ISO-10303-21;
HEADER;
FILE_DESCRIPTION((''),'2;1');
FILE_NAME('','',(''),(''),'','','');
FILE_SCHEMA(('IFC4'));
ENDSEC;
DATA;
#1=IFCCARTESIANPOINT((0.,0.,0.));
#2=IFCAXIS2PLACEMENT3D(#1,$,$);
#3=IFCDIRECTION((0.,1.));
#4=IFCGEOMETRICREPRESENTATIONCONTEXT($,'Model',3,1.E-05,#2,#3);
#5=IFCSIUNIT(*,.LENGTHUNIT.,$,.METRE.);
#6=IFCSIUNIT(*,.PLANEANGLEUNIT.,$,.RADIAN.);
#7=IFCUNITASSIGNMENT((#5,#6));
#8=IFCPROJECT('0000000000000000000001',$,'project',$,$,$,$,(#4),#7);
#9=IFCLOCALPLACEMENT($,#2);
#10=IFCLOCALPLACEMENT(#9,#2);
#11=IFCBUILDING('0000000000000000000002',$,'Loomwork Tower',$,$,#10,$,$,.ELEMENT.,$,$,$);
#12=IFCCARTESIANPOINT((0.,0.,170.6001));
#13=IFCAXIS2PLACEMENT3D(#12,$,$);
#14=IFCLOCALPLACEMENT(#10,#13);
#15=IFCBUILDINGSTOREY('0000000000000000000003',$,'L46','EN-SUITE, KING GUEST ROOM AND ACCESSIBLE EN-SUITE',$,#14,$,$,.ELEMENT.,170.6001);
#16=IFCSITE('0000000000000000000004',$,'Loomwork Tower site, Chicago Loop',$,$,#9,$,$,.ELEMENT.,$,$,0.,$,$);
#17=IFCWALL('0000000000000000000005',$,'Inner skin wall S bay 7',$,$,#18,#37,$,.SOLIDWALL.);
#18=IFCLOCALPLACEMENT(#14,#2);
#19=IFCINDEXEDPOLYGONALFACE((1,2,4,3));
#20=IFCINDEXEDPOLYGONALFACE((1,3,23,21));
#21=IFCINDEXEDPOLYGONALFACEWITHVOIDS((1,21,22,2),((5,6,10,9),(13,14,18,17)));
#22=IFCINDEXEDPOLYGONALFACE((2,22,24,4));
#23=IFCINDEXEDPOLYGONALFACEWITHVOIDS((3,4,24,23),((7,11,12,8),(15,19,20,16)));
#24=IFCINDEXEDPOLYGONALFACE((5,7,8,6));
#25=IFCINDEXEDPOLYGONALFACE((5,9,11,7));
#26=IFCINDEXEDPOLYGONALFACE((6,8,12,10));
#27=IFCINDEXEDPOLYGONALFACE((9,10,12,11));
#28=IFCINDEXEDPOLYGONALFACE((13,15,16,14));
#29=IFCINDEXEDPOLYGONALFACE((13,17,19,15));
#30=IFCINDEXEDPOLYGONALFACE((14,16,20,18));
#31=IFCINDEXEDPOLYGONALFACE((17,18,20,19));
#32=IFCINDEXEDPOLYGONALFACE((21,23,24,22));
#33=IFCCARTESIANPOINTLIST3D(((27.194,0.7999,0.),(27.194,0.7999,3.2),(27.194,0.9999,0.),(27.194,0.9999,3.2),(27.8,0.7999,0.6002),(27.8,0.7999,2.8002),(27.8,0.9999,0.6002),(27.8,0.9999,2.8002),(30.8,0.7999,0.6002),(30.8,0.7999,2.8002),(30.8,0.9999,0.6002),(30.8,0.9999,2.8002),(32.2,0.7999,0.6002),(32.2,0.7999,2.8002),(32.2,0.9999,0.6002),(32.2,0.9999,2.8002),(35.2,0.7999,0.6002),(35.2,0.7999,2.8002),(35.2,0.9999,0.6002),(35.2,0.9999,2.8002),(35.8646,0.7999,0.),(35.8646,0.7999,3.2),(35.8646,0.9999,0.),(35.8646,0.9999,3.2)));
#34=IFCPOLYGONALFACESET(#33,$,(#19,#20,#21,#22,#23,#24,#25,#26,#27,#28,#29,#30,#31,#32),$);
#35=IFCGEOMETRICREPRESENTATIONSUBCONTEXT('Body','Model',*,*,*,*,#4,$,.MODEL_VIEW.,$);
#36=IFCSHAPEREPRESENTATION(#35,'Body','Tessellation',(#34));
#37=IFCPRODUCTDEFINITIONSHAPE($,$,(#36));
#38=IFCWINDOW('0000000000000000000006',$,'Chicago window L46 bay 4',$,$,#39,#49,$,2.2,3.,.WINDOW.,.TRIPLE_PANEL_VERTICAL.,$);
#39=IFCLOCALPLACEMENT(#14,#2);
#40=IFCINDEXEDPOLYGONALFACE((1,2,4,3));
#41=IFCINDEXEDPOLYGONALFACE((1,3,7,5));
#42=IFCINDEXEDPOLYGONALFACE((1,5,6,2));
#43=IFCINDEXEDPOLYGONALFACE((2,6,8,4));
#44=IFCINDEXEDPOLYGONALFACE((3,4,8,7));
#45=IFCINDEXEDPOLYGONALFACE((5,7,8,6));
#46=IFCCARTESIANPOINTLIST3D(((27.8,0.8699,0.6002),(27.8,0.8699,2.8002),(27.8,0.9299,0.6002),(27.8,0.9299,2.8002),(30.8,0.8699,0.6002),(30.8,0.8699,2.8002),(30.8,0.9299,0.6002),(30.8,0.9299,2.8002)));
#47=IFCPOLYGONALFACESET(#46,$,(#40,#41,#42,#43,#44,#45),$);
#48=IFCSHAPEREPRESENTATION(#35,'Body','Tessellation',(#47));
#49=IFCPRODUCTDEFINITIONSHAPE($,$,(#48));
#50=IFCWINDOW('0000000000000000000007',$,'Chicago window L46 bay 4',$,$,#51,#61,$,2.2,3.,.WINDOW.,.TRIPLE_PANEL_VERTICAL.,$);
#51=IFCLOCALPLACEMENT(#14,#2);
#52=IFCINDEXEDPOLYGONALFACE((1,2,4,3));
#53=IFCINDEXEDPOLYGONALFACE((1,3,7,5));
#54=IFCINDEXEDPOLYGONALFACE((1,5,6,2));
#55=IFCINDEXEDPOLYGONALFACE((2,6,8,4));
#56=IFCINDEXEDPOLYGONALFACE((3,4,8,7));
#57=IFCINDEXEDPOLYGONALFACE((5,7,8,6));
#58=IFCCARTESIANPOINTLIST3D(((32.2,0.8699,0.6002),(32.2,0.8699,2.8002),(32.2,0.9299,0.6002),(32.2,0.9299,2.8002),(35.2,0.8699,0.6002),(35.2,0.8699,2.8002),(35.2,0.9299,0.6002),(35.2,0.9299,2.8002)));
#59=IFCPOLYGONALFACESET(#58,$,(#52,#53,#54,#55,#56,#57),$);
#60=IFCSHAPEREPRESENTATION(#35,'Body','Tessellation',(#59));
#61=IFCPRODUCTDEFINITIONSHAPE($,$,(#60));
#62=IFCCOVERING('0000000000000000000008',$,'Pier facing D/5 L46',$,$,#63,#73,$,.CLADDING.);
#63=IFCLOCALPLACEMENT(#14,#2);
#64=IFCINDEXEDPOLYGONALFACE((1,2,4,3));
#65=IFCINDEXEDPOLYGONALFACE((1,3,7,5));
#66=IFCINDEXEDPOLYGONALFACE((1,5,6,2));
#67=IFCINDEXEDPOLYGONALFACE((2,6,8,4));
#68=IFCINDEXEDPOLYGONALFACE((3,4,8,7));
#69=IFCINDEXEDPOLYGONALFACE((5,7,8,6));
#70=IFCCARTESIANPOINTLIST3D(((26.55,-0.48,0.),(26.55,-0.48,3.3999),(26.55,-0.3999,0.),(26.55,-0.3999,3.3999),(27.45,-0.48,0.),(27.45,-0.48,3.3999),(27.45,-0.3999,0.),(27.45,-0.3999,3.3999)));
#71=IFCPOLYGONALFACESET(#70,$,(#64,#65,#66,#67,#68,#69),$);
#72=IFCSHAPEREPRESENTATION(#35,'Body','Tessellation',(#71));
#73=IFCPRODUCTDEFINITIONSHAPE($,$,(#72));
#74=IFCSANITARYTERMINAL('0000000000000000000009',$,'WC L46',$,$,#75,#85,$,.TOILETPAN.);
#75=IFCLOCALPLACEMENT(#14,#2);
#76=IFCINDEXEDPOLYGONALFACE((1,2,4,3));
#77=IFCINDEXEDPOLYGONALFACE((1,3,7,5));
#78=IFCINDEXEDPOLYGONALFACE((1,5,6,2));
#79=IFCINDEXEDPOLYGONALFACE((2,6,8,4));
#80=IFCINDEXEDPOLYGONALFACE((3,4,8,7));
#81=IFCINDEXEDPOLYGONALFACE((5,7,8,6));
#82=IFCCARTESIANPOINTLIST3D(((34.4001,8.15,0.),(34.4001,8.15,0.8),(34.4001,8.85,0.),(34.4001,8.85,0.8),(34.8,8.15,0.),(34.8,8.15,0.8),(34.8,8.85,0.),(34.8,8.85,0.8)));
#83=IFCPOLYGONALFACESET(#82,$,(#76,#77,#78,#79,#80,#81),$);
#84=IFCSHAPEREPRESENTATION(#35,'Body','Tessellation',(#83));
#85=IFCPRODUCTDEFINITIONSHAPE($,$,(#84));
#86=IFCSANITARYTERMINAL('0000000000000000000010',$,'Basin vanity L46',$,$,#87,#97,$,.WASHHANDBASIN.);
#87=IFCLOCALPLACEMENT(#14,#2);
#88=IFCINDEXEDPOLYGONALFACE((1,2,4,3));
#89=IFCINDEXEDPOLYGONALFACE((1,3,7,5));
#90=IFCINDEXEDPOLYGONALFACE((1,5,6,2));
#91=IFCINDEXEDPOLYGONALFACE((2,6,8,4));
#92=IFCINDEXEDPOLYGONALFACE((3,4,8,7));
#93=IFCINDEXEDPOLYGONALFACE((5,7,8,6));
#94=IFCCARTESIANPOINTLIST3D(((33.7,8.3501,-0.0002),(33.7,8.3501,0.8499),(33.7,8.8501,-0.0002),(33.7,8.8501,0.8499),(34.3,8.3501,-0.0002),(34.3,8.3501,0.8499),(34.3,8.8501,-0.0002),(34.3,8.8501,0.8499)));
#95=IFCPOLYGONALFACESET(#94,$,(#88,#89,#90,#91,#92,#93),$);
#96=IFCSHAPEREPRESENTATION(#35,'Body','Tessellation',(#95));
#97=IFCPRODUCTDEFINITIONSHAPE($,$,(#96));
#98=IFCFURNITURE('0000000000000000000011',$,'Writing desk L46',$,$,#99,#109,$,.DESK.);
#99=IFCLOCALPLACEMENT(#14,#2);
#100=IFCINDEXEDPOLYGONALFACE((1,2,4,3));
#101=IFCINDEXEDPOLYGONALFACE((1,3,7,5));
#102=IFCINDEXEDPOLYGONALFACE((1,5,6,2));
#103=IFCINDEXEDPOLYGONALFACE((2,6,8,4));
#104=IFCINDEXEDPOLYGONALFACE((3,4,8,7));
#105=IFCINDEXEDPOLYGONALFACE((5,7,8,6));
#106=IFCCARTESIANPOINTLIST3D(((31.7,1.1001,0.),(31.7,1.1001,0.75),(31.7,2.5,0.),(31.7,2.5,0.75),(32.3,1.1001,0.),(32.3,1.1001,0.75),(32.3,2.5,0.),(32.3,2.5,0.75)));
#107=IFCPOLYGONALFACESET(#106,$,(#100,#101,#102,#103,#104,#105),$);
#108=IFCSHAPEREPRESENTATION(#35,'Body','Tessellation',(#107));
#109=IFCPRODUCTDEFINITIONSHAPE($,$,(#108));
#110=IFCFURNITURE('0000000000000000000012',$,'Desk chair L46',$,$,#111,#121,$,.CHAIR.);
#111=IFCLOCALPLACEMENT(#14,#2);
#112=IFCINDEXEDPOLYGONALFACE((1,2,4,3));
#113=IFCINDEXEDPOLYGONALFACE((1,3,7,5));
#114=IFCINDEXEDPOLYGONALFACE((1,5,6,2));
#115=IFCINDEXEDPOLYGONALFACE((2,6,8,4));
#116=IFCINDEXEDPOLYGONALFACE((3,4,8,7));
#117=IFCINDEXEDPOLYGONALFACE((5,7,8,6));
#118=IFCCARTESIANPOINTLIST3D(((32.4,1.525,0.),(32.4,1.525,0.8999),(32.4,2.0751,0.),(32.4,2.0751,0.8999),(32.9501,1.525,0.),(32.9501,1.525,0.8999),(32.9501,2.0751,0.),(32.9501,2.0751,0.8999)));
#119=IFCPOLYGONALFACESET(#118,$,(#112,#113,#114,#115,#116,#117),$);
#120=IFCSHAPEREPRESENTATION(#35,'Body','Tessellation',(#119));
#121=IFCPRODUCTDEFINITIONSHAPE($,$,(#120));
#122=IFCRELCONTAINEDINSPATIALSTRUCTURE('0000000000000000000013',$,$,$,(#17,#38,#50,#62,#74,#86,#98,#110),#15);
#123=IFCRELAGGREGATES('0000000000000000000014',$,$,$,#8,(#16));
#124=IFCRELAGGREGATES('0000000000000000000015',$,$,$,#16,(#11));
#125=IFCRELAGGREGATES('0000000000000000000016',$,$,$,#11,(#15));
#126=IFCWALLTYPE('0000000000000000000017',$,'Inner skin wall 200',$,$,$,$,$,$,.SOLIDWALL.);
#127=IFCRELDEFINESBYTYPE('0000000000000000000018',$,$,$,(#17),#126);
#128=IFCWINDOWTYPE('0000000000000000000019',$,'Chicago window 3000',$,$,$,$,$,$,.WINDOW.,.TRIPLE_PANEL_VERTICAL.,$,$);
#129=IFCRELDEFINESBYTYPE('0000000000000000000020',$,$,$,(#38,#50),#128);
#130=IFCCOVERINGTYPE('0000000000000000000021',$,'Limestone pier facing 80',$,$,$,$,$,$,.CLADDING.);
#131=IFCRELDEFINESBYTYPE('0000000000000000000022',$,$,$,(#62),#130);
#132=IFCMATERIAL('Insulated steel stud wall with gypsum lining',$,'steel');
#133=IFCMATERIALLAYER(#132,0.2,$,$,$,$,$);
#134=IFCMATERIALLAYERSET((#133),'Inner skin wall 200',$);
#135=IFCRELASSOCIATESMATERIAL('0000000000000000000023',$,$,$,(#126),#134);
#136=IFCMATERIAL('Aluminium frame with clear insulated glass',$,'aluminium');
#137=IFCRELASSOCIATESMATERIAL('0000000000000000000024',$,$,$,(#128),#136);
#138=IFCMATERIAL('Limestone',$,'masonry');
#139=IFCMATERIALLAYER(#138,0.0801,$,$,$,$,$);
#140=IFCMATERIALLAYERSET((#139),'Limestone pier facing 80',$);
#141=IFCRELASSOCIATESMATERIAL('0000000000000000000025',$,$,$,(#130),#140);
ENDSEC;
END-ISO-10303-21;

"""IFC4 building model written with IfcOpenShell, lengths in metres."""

from ifc_helpers import new_model, si_unit, direction, frame, frame_2d, origin, origin_2d, place, context, subcontext, project, spatial, rectangle, extrude, material, layer, layer_set, type_object, element, fill, save


model = new_model("IFC4")

# Units and contexts
model_context = context("Model", 3, precision=1e-05, world=origin(), true_north=direction((0.0, 1.0)))
body_context = subcontext(model_context, "Body", "Model", "MODEL_VIEW")
ifc_project = project(units=[si_unit("LENGTHUNIT", "METRE"), si_unit("PLANEANGLEUNIT", "RADIAN")], contexts=[model_context])

# Site, building, storey
site_placement = place(None, origin())
site = spatial("IfcSite", under=ifc_project, at=site_placement, Name="Loomwork Tower site, Chicago Loop", CompositionType="ELEMENT", RefElevation=0.0)
building_placement = place(site_placement, origin())
building = spatial("IfcBuilding", under=site, at=building_placement, Name="Loomwork Tower", CompositionType="ELEMENT")
storey_placement = place(building_placement, frame((0.0, 0.0, 170.6001)))
storey = spatial("IfcBuildingStorey", under=building, at=storey_placement, Name="L46", Description="EN-SUITE, KING GUEST ROOM AND ACCESSIBLE EN-SUITE", CompositionType="ELEMENT", Elevation=170.6001)

# Shared definitions
ifc_material_1 = material(Name="Insulated steel stud wall with gypsum lining", Category="steel")
ifc_layer_1 = layer(ifc_material_1, 0.2)
ifc_layer_set_1 = layer_set([ifc_layer_1], Name="Inner skin wall 200")
wall_type_1 = type_object("IfcWallType", Name="Inner skin wall 200", PredefinedType="SOLIDWALL", material=ifc_layer_set_1)

# Wall, openings, windows
wall_1_placement = place(storey_placement, frame((27.1938, 0.8999, 0.0), z_axis=(0.0, 0.0, 1.0), x_axis=(1.0, 0.0, 0.0)))
wall_1 = element("IfcWall", 1, at=wall_1_placement, inside=storey, type_object=wall_type_1, Name="Inner skin wall S bay 7", PredefinedType="SOLIDWALL", context=body_context, shape_type="SweptSolid", body=[
    extrude(rectangle(XDim=8.6707, YDim=0.2, at=frame_2d((4.3354, 0.0))), origin(), (0.0, 0.0, 1.0), 3.2),
])
opening_1_placement = place(wall_1_placement, frame((0.6062, 0.0, 0.6001)))
opening_1 = element("IfcOpeningElement", 2, at=opening_1_placement, cuts=wall_1, PredefinedType="OPENING", context=body_context, shape_type="SweptSolid", body=[
    extrude(rectangle(XDim=3.0, YDim=2.2, at=frame_2d((1.5, 1.1001))), frame((0.0, 0.1099, 0.0), z_axis=(0.0, -1.0, 0.0), x_axis=(1.0, 0.0, 0.0)), (0.0, 0.0, 1.0), 0.22),
])
opening_2_placement = place(wall_1_placement, frame((5.0061, 0.0, 0.6001)))
opening_2 = element("IfcOpeningElement", 3, at=opening_2_placement, cuts=wall_1, PredefinedType="OPENING", context=body_context, shape_type="SweptSolid", body=[
    extrude(rectangle(XDim=3.0, YDim=2.2, at=frame_2d((1.5, 1.1001))), frame((0.0, 0.1099, 0.0), z_axis=(0.0, -1.0, 0.0), x_axis=(1.0, 0.0, 0.0)), (0.0, 0.0, 1.0), 0.22),
])
ifc_material_2 = material(Name="Aluminium frame with clear insulated glass", Category="aluminium")
window_type = type_object("IfcWindowType", Name="Chicago window 3000", PartitioningType="TRIPLE_PANEL_VERTICAL", PredefinedType="WINDOW", material=ifc_material_2)
window_1_placement = place(opening_1_placement, origin())
window_1 = element("IfcWindow", 4, at=window_1_placement, inside=storey, type_object=window_type, Name="Chicago window L46 bay 4", OverallHeight=2.2, OverallWidth=3.0, PartitioningType="TRIPLE_PANEL_VERTICAL", PredefinedType="WINDOW", context=body_context, shape_type="SweptSolid", body=[
    extrude(rectangle(XDim=3.0, YDim=2.2, at=frame_2d((1.5, 1.1001))), frame((0.0, 0.03, 0.0), z_axis=(0.0, -1.0, 0.0), x_axis=(1.0, 0.0, 0.0)), (0.0, 0.0, 1.0), 0.0601),
])
fill(opening_1, window_1)
window_2_placement = place(opening_2_placement, origin())
window_2 = element("IfcWindow", 5, at=window_2_placement, inside=storey, type_object=window_type, Name="Chicago window L46 bay 4", OverallHeight=2.2, OverallWidth=3.0, PartitioningType="TRIPLE_PANEL_VERTICAL", PredefinedType="WINDOW", context=body_context, shape_type="SweptSolid", body=[
    extrude(rectangle(XDim=3.0, YDim=2.2, at=frame_2d((1.5, 1.1001))), frame((0.0, 0.03, 0.0), z_axis=(0.0, -1.0, 0.0), x_axis=(1.0, 0.0, 0.0)), (0.0, 0.0, 1.0), 0.0601),
])
fill(opening_2, window_2)

# Covering
ifc_material_3 = material(Name="Limestone", Category="masonry")
ifc_layer_2 = layer(ifc_material_3, 0.0801)
ifc_layer_set_2 = layer_set([ifc_layer_2], Name="Limestone pier facing 80")
covering_type = type_object("IfcCoveringType", Name="Limestone pier facing 80", PredefinedType="CLADDING", material=ifc_layer_set_2)
covering_placement = place(storey_placement, frame((27.0, -0.4399, 0.0), z_axis=(0.0, 0.0, 1.0), x_axis=(1.0, 0.0, 0.0)))
element("IfcCovering", 6, at=covering_placement, inside=storey, type_object=covering_type, Name="Pier facing D/5 L46", PredefinedType="CLADDING", context=body_context, shape_type="SweptSolid", body=[
    extrude(rectangle(XDim=0.8999, YDim=0.0801, at=origin_2d()), origin(), (0.0, 0.0, 1.0), 3.3999),
])

# Sanitary terminals
sanitary_terminal_1_placement = place(storey_placement, frame((34.6001, 8.5, 0.0), z_axis=(0.0, 0.0, 1.0), x_axis=(1.0, 0.0, 0.0)))
element("IfcSanitaryTerminal", 7, at=sanitary_terminal_1_placement, inside=storey, Name="WC L46", PredefinedType="TOILETPAN", context=body_context, shape_type="SweptSolid", body=[
    extrude(rectangle(XDim=0.3999, YDim=0.7, at=origin_2d()), origin(), (0.0, 0.0, 1.0), 0.8),
])
sanitary_terminal_2_placement = place(storey_placement, frame((34.0, 8.6001, -0.0002), z_axis=(0.0, 0.0, 1.0), x_axis=(1.0, 0.0, 0.0)))
element("IfcSanitaryTerminal", 8, at=sanitary_terminal_2_placement, inside=storey, Name="Basin vanity L46", PredefinedType="WASHHANDBASIN", context=body_context, shape_type="SweptSolid", body=[
    extrude(rectangle(XDim=0.6001, YDim=0.5, at=origin_2d()), origin(), (0.0, 0.0, 1.0), 0.8501),
])

# Furniture
furniture_1_placement = place(storey_placement, frame((32.0, 1.8, 0.0), z_axis=(0.0, 0.0, 1.0), x_axis=(1.0, 0.0, 0.0)))
element("IfcFurniture", 9, at=furniture_1_placement, inside=storey, Name="Writing desk L46", PredefinedType="DESK", context=body_context, shape_type="SweptSolid", body=[
    extrude(rectangle(XDim=0.6001, YDim=1.3999, at=origin_2d()), origin(), (0.0, 0.0, 1.0), 0.75),
])
furniture_2_placement = place(storey_placement, frame((32.675, 1.8, 0.0), z_axis=(0.0, 0.0, 1.0), x_axis=(1.0, 0.0, 0.0)))
element("IfcFurniture", 10, at=furniture_2_placement, inside=storey, Name="Desk chair L46", PredefinedType="CHAIR", context=body_context, shape_type="SweptSolid", body=[
    extrude(rectangle(XDim=0.55, YDim=0.55, at=origin_2d()), origin(), (0.0, 0.0, 1.0), 0.8999),
])

save(model, "model.ifc")
